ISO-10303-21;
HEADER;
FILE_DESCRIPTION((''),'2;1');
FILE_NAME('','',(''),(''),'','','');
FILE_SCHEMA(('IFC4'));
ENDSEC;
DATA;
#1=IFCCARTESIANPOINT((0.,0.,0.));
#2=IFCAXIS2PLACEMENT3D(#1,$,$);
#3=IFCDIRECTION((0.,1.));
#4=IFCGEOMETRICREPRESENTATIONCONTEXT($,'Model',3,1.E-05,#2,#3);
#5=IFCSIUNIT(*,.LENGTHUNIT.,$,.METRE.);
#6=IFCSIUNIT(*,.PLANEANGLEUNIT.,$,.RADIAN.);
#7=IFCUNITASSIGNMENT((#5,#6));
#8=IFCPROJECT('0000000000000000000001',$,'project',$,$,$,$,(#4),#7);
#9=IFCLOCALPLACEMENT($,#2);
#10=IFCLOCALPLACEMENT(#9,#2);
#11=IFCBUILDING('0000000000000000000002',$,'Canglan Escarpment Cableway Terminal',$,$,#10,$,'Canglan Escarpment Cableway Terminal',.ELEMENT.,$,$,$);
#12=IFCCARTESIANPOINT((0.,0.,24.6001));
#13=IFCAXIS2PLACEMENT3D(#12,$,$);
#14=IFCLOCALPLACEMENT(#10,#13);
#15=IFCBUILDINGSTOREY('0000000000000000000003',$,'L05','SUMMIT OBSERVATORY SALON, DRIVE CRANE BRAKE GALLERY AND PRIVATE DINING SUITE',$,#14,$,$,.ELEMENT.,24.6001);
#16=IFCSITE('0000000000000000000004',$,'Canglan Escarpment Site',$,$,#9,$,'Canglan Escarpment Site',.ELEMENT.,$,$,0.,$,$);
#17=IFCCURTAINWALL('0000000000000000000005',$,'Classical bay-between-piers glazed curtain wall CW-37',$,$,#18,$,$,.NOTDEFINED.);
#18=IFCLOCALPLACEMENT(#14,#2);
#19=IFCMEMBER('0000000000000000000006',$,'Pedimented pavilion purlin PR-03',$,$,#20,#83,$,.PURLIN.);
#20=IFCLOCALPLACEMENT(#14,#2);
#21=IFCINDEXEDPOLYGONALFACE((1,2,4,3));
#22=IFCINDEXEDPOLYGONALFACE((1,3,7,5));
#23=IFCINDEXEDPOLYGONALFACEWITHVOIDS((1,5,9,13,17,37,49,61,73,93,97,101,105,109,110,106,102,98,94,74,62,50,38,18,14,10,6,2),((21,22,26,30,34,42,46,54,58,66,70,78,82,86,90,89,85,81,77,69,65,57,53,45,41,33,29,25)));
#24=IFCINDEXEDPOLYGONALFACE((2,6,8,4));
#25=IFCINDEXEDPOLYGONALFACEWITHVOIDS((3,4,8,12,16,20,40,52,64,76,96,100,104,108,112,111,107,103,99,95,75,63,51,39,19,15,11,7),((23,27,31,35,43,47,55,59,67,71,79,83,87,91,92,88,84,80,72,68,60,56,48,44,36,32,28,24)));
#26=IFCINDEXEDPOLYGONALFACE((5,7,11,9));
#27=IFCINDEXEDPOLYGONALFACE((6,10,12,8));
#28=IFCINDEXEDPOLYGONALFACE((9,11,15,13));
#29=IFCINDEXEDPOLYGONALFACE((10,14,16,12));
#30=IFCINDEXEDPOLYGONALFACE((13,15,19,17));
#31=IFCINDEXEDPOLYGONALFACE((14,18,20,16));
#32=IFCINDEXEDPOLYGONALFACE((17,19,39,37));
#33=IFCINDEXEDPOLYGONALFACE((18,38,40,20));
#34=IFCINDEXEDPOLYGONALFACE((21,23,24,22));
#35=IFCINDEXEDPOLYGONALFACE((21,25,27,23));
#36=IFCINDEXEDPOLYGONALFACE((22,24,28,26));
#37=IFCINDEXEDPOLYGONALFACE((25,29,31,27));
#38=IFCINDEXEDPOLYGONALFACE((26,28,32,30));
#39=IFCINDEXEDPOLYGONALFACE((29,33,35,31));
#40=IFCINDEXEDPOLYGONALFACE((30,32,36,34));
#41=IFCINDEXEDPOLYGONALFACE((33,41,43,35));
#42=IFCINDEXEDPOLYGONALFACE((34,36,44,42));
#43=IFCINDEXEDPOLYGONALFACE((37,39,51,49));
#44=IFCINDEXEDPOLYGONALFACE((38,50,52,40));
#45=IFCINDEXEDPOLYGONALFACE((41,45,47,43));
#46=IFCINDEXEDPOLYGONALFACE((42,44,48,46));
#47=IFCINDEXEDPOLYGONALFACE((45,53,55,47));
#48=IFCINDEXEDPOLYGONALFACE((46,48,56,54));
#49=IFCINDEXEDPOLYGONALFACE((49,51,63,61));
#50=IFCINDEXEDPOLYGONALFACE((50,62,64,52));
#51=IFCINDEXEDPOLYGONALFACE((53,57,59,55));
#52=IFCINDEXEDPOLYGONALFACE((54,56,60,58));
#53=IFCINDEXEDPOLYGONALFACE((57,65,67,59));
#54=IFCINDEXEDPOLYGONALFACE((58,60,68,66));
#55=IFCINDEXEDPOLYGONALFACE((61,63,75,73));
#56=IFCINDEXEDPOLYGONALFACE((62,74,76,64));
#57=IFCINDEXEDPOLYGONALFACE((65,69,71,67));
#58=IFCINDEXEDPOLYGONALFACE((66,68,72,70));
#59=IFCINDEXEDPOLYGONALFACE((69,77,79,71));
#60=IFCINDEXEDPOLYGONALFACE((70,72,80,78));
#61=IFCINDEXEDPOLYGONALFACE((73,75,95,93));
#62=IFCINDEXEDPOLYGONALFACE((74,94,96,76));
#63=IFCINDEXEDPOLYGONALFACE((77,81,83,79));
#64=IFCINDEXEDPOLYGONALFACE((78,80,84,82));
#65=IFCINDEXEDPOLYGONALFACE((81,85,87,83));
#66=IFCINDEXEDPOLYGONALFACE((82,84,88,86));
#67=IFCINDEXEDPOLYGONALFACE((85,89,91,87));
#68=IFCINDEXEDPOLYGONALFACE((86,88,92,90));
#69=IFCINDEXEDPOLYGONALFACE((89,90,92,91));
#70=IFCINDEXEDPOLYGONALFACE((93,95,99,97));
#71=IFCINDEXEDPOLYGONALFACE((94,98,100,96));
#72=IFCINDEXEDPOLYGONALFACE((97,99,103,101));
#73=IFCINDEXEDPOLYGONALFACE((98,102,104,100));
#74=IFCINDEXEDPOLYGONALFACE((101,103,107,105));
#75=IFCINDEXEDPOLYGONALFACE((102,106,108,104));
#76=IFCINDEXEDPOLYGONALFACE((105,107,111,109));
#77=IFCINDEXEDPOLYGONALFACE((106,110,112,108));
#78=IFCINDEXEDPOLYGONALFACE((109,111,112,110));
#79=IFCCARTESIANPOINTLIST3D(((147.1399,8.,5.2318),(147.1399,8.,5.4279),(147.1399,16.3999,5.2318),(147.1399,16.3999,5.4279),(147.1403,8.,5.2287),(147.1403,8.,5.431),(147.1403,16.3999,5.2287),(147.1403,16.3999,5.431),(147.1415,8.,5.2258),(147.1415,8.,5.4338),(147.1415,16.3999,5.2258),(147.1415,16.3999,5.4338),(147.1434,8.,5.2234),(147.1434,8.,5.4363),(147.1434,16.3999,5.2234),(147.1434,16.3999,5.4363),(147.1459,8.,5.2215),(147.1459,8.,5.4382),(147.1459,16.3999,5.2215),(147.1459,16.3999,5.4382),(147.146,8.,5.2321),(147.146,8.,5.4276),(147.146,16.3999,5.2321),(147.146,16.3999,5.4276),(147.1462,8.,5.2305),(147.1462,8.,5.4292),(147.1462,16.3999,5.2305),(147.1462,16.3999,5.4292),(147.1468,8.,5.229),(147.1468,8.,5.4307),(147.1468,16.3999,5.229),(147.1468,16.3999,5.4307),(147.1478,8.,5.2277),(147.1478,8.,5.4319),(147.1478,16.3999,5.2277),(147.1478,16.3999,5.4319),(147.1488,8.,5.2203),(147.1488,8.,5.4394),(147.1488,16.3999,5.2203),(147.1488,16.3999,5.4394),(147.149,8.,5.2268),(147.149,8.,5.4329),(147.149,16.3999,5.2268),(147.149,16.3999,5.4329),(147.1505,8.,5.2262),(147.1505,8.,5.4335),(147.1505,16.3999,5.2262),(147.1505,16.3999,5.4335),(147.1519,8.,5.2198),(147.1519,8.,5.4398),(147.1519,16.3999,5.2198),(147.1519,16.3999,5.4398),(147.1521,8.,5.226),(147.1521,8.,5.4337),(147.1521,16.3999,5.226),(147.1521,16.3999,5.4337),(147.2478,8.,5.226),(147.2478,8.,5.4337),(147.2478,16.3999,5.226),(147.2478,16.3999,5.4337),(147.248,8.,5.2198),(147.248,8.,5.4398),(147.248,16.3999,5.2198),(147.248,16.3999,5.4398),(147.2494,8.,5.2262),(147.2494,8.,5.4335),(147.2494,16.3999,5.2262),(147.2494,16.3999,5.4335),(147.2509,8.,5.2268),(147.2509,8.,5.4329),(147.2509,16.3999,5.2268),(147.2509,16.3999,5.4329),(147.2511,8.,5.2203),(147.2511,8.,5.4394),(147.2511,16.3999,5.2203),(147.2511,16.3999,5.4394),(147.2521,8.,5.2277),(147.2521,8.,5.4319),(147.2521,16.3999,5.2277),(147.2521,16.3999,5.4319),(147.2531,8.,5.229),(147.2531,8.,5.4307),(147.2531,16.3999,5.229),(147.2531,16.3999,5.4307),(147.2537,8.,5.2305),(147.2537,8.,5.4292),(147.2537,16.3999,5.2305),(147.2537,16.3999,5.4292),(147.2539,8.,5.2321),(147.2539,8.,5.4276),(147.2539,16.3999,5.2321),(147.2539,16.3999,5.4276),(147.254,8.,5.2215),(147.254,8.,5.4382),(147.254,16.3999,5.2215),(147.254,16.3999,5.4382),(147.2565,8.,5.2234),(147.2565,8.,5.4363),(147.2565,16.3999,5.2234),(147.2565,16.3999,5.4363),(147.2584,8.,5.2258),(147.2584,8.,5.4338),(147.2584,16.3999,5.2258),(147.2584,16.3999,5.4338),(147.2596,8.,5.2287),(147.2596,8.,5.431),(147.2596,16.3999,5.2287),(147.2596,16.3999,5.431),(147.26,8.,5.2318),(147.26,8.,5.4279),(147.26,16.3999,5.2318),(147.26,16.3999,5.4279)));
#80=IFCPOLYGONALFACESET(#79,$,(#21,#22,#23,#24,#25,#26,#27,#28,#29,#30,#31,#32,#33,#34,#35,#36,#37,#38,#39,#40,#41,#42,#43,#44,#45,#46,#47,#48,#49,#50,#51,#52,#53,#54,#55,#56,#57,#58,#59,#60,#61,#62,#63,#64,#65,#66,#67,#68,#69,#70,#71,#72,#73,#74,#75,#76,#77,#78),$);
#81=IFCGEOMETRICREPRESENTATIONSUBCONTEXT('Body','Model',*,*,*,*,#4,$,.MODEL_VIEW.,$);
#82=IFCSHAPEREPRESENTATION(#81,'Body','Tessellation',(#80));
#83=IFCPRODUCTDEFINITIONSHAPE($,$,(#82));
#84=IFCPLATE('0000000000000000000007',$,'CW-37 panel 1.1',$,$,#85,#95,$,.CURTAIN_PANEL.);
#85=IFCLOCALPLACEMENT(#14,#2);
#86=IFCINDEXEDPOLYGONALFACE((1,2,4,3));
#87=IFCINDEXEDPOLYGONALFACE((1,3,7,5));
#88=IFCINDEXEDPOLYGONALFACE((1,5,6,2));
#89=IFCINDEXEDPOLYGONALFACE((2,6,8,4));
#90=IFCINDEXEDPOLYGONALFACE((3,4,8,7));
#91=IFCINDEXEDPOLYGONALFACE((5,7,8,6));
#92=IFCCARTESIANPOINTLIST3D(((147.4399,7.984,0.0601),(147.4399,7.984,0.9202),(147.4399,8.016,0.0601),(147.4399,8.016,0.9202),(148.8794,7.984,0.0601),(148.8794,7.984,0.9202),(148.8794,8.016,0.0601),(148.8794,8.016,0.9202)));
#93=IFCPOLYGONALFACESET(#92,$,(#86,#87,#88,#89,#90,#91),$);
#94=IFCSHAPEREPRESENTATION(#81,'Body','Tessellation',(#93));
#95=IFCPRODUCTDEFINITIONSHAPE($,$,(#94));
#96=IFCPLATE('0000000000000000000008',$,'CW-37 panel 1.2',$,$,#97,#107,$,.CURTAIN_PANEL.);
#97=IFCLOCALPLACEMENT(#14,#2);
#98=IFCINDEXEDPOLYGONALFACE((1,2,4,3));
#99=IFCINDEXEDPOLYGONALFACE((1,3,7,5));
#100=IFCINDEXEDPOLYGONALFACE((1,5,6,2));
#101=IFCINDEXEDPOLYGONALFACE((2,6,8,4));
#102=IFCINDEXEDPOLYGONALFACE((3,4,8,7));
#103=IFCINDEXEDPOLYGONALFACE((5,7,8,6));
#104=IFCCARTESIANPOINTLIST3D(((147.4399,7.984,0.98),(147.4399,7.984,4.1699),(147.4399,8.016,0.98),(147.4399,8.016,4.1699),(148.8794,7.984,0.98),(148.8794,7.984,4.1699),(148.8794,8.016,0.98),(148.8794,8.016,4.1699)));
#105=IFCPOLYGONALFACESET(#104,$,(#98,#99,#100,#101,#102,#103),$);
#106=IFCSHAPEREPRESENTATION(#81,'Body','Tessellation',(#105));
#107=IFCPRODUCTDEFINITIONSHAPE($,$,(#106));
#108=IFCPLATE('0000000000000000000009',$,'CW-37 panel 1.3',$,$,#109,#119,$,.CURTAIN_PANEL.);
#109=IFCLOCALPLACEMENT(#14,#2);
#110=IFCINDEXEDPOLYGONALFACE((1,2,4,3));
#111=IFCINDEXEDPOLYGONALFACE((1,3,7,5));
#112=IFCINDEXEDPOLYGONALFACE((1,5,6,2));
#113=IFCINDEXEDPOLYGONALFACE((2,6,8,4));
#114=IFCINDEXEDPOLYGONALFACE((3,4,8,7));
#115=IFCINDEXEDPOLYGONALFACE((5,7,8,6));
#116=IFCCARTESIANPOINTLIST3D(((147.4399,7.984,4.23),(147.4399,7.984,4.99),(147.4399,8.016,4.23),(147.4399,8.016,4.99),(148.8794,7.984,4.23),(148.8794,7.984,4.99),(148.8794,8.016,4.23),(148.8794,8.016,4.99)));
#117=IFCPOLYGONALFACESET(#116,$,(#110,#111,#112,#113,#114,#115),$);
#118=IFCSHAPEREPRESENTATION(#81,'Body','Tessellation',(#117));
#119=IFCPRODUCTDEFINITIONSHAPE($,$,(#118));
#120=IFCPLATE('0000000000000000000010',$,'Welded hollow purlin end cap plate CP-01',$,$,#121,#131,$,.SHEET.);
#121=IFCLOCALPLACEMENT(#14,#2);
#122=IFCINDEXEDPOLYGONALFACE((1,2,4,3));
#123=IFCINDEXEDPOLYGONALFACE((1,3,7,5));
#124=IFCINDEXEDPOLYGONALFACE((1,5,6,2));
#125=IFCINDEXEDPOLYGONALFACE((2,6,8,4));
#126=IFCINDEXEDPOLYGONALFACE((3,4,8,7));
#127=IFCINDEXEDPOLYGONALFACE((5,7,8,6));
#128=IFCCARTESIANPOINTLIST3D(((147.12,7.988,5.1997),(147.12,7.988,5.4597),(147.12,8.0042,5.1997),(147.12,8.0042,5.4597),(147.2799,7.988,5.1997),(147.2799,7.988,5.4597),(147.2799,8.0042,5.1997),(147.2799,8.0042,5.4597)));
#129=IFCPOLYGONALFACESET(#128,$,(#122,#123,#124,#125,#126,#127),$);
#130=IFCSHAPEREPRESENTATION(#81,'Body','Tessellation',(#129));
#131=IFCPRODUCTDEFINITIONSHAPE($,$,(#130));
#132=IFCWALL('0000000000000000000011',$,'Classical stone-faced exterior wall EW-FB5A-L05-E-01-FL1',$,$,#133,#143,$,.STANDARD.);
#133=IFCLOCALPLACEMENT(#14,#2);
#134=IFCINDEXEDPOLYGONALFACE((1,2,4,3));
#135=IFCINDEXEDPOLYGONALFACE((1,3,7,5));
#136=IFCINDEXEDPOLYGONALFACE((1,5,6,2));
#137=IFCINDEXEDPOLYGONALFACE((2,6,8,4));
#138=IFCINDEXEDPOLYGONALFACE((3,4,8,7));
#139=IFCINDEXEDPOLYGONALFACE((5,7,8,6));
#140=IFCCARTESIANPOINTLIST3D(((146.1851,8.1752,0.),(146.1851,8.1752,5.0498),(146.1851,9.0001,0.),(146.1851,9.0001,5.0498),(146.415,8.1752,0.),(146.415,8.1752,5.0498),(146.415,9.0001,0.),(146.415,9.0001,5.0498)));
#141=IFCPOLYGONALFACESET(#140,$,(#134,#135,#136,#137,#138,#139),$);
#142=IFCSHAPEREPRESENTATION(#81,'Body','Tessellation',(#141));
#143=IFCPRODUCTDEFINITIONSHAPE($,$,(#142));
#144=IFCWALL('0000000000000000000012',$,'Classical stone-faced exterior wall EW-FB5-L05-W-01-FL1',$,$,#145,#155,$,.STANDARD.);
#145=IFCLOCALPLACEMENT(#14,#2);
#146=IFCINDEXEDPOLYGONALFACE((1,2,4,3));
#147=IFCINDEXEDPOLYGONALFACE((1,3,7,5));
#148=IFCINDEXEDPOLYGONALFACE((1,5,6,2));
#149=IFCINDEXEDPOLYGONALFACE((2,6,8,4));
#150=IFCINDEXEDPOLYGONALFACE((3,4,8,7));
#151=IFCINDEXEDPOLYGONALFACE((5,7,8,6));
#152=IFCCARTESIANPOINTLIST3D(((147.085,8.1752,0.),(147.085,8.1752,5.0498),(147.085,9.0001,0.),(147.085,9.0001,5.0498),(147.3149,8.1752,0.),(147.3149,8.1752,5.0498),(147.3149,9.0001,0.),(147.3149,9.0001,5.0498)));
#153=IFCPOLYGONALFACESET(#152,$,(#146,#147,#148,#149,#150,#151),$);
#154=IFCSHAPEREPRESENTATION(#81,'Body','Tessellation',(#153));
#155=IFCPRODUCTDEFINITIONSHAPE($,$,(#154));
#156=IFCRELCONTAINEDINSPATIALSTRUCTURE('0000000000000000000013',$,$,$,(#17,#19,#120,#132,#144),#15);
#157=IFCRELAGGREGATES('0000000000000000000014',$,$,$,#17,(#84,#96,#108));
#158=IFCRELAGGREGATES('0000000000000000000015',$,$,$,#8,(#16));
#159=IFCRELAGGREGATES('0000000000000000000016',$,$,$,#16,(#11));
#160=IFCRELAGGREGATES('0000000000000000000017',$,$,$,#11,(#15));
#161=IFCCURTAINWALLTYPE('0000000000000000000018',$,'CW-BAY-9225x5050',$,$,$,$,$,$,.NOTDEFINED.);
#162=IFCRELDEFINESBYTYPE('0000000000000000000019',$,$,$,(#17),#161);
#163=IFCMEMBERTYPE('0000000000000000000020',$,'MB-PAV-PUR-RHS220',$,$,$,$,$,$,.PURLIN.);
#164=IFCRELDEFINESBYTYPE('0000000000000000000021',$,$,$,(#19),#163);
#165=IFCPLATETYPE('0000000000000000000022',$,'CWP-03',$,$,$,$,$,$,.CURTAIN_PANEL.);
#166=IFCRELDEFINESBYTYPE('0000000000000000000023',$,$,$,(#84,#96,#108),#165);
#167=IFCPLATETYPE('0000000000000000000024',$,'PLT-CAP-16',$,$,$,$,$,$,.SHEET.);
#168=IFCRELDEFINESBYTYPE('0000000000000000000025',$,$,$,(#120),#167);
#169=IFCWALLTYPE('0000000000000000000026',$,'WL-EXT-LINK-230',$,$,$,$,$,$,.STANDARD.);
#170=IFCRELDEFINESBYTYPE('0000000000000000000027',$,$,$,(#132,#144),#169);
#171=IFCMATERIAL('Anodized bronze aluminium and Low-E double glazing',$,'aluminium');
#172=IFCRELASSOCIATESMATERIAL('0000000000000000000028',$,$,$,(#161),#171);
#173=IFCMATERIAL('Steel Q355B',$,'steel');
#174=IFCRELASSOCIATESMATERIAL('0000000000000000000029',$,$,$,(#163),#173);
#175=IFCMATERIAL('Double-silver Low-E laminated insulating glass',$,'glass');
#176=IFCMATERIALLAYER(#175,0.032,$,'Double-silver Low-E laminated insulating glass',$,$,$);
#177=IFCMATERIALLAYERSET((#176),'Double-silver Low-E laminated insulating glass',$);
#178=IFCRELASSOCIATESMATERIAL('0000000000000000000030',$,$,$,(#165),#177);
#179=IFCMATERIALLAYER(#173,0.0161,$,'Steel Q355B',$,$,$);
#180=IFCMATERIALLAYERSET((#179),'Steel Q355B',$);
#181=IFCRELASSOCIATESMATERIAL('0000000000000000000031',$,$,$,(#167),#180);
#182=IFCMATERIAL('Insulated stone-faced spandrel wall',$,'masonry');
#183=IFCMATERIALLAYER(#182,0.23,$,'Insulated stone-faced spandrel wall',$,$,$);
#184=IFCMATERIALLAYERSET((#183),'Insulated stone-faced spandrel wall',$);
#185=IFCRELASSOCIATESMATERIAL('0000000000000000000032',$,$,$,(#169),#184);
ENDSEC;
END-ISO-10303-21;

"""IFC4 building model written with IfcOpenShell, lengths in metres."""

from ifc_helpers import new_model, si_unit, direction, frame, frame_2d, origin, origin_2d, place, context, subcontext, project, spatial, rectangle, hollow_rectangle, extrude, material, layer, layer_set, material_profile, profile_set, type_object, element, aggregate, save


model = new_model("IFC4")

# Units and contexts
model_context = context("Model", 3, precision=1e-05, world=origin(), true_north=direction((0.0, 1.0)))
body_context = subcontext(model_context, "Body", "Model", "MODEL_VIEW")
ifc_project = project(units=[si_unit("LENGTHUNIT", "METRE"), si_unit("PLANEANGLEUNIT", "RADIAN")], contexts=[model_context])

# Site, building, storey
site_placement = place(None, origin())
site = spatial("IfcSite", under=ifc_project, at=site_placement, Name="Canglan Escarpment Site", LongName="Canglan Escarpment Site", CompositionType="ELEMENT", RefElevation=0.0)
building_placement = place(site_placement, origin())
building = spatial("IfcBuilding", under=site, at=building_placement, Name="Canglan Escarpment Cableway Terminal", LongName="Canglan Escarpment Cableway Terminal", CompositionType="ELEMENT")
storey_placement = place(building_placement, frame((0.0, 0.0, 24.6001)))
storey = spatial("IfcBuildingStorey", under=building, at=storey_placement, Name="L05", Description="SUMMIT OBSERVATORY SALON, DRIVE CRANE BRAKE GALLERY AND PRIVATE DINING SUITE", CompositionType="ELEMENT", Elevation=24.6001)

# Shared definitions
ifc_material_1 = material(Name="Steel Q355B", Category="steel")

# Curtain wall
ifc_material_2 = material(Name="Anodized bronze aluminium and Low-E double glazing", Category="aluminium")
curtain_wall_type = type_object("IfcCurtainWallType", Name="CW-BAY-9225x5050", PredefinedType="NOTDEFINED", material=ifc_material_2)
curtain_wall_placement = place(storey_placement, origin())
curtain_wall = element("IfcCurtainWall", 1, at=curtain_wall_placement, inside=storey, type_object=curtain_wall_type, Name="Classical bay-between-piers glazed curtain wall CW-37", PredefinedType="NOTDEFINED")

# Member
ifc_material_profile_1 = material_profile(ifc_material_1, hollow_rectangle(XDim=0.1201, YDim=0.22, WallThickness=0.0061, InnerFilletRadius=0.0061, OuterFilletRadius=0.012, at=origin_2d()), Name="RHS 220x120x6")
ifc_profile_set_1 = profile_set([ifc_material_profile_1], Name="Steel Q355B")
member_type_1 = type_object("IfcMemberType", Name="MB-PAV-PUR-RHS220", PredefinedType="PURLIN", material=ifc_profile_set_1)
member_1_placement = place(storey_placement, frame((147.2, 8.0, 5.3298), z_axis=(0.0, 1.0, 0.0), x_axis=(-1.0, 0.0, 0.0)))
element("IfcMember", 2, at=member_1_placement, inside=storey, type_object=member_type_1, Name="Pedimented pavilion purlin PR-03", PredefinedType="PURLIN", context=body_context, shape_type="SweptSolid", body=[
    extrude(hollow_rectangle(XDim=0.1201, YDim=0.22, WallThickness=0.0061, InnerFilletRadius=0.0061, OuterFilletRadius=0.012, at=origin_2d()), origin(), (0.0, 0.0, 1.0), 8.3999),
])

# Plates
ifc_material_3 = material(Name="Double-silver Low-E laminated insulating glass", Category="glass")
ifc_layer_1 = layer(ifc_material_3, 0.032, Name="Double-silver Low-E laminated insulating glass")
ifc_layer_set_1 = layer_set([ifc_layer_1], Name="Double-silver Low-E laminated insulating glass")
plate_type_1 = type_object("IfcPlateType", Name="CWP-03", PredefinedType="CURTAIN_PANEL", material=ifc_layer_set_1)
plate_1_placement = place(storey_placement, frame((148.1597, 8.0, 0.0601), z_axis=(0.0, 0.0, 1.0), x_axis=(1.0, 0.0, 0.0)))
plate_1 = element("IfcPlate", 3, at=plate_1_placement, type_object=plate_type_1, Name="CW-37 panel 1.1", PredefinedType="CURTAIN_PANEL", context=body_context, shape_type="SweptSolid", body=[
    extrude(rectangle(XDim=1.4395, YDim=0.032, at=origin_2d()), origin(), (0.0, 0.0, 1.0), 0.8601),
])
plate_2_placement = place(storey_placement, frame((148.1597, 8.0, 0.98), z_axis=(0.0, 0.0, 1.0), x_axis=(1.0, 0.0, 0.0)))
plate_2 = element("IfcPlate", 4, at=plate_2_placement, type_object=plate_type_1, Name="CW-37 panel 1.2", PredefinedType="CURTAIN_PANEL", context=body_context, shape_type="SweptSolid", body=[
    extrude(rectangle(XDim=1.4395, YDim=0.032, at=origin_2d()), origin(), (0.0, 0.0, 1.0), 3.1899),
])
plate_3_placement = place(storey_placement, frame((148.1597, 8.0, 4.23), z_axis=(0.0, 0.0, 1.0), x_axis=(1.0, 0.0, 0.0)))
plate_3 = element("IfcPlate", 5, at=plate_3_placement, type_object=plate_type_1, Name="CW-37 panel 1.3", PredefinedType="CURTAIN_PANEL", context=body_context, shape_type="SweptSolid", body=[
    extrude(rectangle(XDim=1.4395, YDim=0.032, at=origin_2d()), origin(), (0.0, 0.0, 1.0), 0.76),
])
aggregate(curtain_wall, [plate_1, plate_2, plate_3])
ifc_layer_2 = layer(ifc_material_1, 0.0161, Name="Steel Q355B")
ifc_layer_set_2 = layer_set([ifc_layer_2], Name="Steel Q355B")
plate_type_2 = type_object("IfcPlateType", Name="PLT-CAP-16", PredefinedType="SHEET", material=ifc_layer_set_2)
plate_4_placement = place(storey_placement, frame((147.2, 7.9961, 5.1997), z_axis=(0.0, 0.0, 1.0), x_axis=(1.0, 0.0, 0.0)))
element("IfcPlate", 6, at=plate_4_placement, inside=storey, type_object=plate_type_2, Name="Welded hollow purlin end cap plate CP-01", PredefinedType="SHEET", context=body_context, shape_type="SweptSolid", body=[
    extrude(rectangle(XDim=0.1599, YDim=0.0161, at=origin_2d()), origin(), (0.0, 0.0, 1.0), 0.26),
])

# Walls
ifc_material_4 = material(Name="Insulated stone-faced spandrel wall", Category="masonry")
ifc_layer_3 = layer(ifc_material_4, 0.23, Name="Insulated stone-faced spandrel wall")
ifc_layer_set_3 = layer_set([ifc_layer_3], Name="Insulated stone-faced spandrel wall")
wall_type = type_object("IfcWallType", Name="WL-EXT-LINK-230", PredefinedType="STANDARD", material=ifc_layer_set_3)
for number, where, z_axis, x_axis, name in (
    (7, (146.3, 8.175, 0.0), (0.0, 0.0, 1.0), (0.0, 1.0, 0.0), "Classical stone-faced exterior wall EW-FB5A-L05-E-01-FL1"),
    (8, (147.2, 8.175, 0.0), (0.0, 0.0, 1.0), (0.0, 1.0, 0.0), "Classical stone-faced exterior wall EW-FB5-L05-W-01-FL1"),
):
    element("IfcWall", number, at=place(storey_placement, frame(where, z_axis=z_axis, x_axis=x_axis)), inside=storey, type_object=wall_type, Name=name, PredefinedType="STANDARD", context=body_context, shape_type="SweptSolid", body=[
        extrude(rectangle(XDim=0.825, YDim=0.23, at=frame_2d((0.4126, 0.0))), origin(), (0.0, 0.0, 1.0), 5.0498),
    ])

save(model, "model.ifc")
